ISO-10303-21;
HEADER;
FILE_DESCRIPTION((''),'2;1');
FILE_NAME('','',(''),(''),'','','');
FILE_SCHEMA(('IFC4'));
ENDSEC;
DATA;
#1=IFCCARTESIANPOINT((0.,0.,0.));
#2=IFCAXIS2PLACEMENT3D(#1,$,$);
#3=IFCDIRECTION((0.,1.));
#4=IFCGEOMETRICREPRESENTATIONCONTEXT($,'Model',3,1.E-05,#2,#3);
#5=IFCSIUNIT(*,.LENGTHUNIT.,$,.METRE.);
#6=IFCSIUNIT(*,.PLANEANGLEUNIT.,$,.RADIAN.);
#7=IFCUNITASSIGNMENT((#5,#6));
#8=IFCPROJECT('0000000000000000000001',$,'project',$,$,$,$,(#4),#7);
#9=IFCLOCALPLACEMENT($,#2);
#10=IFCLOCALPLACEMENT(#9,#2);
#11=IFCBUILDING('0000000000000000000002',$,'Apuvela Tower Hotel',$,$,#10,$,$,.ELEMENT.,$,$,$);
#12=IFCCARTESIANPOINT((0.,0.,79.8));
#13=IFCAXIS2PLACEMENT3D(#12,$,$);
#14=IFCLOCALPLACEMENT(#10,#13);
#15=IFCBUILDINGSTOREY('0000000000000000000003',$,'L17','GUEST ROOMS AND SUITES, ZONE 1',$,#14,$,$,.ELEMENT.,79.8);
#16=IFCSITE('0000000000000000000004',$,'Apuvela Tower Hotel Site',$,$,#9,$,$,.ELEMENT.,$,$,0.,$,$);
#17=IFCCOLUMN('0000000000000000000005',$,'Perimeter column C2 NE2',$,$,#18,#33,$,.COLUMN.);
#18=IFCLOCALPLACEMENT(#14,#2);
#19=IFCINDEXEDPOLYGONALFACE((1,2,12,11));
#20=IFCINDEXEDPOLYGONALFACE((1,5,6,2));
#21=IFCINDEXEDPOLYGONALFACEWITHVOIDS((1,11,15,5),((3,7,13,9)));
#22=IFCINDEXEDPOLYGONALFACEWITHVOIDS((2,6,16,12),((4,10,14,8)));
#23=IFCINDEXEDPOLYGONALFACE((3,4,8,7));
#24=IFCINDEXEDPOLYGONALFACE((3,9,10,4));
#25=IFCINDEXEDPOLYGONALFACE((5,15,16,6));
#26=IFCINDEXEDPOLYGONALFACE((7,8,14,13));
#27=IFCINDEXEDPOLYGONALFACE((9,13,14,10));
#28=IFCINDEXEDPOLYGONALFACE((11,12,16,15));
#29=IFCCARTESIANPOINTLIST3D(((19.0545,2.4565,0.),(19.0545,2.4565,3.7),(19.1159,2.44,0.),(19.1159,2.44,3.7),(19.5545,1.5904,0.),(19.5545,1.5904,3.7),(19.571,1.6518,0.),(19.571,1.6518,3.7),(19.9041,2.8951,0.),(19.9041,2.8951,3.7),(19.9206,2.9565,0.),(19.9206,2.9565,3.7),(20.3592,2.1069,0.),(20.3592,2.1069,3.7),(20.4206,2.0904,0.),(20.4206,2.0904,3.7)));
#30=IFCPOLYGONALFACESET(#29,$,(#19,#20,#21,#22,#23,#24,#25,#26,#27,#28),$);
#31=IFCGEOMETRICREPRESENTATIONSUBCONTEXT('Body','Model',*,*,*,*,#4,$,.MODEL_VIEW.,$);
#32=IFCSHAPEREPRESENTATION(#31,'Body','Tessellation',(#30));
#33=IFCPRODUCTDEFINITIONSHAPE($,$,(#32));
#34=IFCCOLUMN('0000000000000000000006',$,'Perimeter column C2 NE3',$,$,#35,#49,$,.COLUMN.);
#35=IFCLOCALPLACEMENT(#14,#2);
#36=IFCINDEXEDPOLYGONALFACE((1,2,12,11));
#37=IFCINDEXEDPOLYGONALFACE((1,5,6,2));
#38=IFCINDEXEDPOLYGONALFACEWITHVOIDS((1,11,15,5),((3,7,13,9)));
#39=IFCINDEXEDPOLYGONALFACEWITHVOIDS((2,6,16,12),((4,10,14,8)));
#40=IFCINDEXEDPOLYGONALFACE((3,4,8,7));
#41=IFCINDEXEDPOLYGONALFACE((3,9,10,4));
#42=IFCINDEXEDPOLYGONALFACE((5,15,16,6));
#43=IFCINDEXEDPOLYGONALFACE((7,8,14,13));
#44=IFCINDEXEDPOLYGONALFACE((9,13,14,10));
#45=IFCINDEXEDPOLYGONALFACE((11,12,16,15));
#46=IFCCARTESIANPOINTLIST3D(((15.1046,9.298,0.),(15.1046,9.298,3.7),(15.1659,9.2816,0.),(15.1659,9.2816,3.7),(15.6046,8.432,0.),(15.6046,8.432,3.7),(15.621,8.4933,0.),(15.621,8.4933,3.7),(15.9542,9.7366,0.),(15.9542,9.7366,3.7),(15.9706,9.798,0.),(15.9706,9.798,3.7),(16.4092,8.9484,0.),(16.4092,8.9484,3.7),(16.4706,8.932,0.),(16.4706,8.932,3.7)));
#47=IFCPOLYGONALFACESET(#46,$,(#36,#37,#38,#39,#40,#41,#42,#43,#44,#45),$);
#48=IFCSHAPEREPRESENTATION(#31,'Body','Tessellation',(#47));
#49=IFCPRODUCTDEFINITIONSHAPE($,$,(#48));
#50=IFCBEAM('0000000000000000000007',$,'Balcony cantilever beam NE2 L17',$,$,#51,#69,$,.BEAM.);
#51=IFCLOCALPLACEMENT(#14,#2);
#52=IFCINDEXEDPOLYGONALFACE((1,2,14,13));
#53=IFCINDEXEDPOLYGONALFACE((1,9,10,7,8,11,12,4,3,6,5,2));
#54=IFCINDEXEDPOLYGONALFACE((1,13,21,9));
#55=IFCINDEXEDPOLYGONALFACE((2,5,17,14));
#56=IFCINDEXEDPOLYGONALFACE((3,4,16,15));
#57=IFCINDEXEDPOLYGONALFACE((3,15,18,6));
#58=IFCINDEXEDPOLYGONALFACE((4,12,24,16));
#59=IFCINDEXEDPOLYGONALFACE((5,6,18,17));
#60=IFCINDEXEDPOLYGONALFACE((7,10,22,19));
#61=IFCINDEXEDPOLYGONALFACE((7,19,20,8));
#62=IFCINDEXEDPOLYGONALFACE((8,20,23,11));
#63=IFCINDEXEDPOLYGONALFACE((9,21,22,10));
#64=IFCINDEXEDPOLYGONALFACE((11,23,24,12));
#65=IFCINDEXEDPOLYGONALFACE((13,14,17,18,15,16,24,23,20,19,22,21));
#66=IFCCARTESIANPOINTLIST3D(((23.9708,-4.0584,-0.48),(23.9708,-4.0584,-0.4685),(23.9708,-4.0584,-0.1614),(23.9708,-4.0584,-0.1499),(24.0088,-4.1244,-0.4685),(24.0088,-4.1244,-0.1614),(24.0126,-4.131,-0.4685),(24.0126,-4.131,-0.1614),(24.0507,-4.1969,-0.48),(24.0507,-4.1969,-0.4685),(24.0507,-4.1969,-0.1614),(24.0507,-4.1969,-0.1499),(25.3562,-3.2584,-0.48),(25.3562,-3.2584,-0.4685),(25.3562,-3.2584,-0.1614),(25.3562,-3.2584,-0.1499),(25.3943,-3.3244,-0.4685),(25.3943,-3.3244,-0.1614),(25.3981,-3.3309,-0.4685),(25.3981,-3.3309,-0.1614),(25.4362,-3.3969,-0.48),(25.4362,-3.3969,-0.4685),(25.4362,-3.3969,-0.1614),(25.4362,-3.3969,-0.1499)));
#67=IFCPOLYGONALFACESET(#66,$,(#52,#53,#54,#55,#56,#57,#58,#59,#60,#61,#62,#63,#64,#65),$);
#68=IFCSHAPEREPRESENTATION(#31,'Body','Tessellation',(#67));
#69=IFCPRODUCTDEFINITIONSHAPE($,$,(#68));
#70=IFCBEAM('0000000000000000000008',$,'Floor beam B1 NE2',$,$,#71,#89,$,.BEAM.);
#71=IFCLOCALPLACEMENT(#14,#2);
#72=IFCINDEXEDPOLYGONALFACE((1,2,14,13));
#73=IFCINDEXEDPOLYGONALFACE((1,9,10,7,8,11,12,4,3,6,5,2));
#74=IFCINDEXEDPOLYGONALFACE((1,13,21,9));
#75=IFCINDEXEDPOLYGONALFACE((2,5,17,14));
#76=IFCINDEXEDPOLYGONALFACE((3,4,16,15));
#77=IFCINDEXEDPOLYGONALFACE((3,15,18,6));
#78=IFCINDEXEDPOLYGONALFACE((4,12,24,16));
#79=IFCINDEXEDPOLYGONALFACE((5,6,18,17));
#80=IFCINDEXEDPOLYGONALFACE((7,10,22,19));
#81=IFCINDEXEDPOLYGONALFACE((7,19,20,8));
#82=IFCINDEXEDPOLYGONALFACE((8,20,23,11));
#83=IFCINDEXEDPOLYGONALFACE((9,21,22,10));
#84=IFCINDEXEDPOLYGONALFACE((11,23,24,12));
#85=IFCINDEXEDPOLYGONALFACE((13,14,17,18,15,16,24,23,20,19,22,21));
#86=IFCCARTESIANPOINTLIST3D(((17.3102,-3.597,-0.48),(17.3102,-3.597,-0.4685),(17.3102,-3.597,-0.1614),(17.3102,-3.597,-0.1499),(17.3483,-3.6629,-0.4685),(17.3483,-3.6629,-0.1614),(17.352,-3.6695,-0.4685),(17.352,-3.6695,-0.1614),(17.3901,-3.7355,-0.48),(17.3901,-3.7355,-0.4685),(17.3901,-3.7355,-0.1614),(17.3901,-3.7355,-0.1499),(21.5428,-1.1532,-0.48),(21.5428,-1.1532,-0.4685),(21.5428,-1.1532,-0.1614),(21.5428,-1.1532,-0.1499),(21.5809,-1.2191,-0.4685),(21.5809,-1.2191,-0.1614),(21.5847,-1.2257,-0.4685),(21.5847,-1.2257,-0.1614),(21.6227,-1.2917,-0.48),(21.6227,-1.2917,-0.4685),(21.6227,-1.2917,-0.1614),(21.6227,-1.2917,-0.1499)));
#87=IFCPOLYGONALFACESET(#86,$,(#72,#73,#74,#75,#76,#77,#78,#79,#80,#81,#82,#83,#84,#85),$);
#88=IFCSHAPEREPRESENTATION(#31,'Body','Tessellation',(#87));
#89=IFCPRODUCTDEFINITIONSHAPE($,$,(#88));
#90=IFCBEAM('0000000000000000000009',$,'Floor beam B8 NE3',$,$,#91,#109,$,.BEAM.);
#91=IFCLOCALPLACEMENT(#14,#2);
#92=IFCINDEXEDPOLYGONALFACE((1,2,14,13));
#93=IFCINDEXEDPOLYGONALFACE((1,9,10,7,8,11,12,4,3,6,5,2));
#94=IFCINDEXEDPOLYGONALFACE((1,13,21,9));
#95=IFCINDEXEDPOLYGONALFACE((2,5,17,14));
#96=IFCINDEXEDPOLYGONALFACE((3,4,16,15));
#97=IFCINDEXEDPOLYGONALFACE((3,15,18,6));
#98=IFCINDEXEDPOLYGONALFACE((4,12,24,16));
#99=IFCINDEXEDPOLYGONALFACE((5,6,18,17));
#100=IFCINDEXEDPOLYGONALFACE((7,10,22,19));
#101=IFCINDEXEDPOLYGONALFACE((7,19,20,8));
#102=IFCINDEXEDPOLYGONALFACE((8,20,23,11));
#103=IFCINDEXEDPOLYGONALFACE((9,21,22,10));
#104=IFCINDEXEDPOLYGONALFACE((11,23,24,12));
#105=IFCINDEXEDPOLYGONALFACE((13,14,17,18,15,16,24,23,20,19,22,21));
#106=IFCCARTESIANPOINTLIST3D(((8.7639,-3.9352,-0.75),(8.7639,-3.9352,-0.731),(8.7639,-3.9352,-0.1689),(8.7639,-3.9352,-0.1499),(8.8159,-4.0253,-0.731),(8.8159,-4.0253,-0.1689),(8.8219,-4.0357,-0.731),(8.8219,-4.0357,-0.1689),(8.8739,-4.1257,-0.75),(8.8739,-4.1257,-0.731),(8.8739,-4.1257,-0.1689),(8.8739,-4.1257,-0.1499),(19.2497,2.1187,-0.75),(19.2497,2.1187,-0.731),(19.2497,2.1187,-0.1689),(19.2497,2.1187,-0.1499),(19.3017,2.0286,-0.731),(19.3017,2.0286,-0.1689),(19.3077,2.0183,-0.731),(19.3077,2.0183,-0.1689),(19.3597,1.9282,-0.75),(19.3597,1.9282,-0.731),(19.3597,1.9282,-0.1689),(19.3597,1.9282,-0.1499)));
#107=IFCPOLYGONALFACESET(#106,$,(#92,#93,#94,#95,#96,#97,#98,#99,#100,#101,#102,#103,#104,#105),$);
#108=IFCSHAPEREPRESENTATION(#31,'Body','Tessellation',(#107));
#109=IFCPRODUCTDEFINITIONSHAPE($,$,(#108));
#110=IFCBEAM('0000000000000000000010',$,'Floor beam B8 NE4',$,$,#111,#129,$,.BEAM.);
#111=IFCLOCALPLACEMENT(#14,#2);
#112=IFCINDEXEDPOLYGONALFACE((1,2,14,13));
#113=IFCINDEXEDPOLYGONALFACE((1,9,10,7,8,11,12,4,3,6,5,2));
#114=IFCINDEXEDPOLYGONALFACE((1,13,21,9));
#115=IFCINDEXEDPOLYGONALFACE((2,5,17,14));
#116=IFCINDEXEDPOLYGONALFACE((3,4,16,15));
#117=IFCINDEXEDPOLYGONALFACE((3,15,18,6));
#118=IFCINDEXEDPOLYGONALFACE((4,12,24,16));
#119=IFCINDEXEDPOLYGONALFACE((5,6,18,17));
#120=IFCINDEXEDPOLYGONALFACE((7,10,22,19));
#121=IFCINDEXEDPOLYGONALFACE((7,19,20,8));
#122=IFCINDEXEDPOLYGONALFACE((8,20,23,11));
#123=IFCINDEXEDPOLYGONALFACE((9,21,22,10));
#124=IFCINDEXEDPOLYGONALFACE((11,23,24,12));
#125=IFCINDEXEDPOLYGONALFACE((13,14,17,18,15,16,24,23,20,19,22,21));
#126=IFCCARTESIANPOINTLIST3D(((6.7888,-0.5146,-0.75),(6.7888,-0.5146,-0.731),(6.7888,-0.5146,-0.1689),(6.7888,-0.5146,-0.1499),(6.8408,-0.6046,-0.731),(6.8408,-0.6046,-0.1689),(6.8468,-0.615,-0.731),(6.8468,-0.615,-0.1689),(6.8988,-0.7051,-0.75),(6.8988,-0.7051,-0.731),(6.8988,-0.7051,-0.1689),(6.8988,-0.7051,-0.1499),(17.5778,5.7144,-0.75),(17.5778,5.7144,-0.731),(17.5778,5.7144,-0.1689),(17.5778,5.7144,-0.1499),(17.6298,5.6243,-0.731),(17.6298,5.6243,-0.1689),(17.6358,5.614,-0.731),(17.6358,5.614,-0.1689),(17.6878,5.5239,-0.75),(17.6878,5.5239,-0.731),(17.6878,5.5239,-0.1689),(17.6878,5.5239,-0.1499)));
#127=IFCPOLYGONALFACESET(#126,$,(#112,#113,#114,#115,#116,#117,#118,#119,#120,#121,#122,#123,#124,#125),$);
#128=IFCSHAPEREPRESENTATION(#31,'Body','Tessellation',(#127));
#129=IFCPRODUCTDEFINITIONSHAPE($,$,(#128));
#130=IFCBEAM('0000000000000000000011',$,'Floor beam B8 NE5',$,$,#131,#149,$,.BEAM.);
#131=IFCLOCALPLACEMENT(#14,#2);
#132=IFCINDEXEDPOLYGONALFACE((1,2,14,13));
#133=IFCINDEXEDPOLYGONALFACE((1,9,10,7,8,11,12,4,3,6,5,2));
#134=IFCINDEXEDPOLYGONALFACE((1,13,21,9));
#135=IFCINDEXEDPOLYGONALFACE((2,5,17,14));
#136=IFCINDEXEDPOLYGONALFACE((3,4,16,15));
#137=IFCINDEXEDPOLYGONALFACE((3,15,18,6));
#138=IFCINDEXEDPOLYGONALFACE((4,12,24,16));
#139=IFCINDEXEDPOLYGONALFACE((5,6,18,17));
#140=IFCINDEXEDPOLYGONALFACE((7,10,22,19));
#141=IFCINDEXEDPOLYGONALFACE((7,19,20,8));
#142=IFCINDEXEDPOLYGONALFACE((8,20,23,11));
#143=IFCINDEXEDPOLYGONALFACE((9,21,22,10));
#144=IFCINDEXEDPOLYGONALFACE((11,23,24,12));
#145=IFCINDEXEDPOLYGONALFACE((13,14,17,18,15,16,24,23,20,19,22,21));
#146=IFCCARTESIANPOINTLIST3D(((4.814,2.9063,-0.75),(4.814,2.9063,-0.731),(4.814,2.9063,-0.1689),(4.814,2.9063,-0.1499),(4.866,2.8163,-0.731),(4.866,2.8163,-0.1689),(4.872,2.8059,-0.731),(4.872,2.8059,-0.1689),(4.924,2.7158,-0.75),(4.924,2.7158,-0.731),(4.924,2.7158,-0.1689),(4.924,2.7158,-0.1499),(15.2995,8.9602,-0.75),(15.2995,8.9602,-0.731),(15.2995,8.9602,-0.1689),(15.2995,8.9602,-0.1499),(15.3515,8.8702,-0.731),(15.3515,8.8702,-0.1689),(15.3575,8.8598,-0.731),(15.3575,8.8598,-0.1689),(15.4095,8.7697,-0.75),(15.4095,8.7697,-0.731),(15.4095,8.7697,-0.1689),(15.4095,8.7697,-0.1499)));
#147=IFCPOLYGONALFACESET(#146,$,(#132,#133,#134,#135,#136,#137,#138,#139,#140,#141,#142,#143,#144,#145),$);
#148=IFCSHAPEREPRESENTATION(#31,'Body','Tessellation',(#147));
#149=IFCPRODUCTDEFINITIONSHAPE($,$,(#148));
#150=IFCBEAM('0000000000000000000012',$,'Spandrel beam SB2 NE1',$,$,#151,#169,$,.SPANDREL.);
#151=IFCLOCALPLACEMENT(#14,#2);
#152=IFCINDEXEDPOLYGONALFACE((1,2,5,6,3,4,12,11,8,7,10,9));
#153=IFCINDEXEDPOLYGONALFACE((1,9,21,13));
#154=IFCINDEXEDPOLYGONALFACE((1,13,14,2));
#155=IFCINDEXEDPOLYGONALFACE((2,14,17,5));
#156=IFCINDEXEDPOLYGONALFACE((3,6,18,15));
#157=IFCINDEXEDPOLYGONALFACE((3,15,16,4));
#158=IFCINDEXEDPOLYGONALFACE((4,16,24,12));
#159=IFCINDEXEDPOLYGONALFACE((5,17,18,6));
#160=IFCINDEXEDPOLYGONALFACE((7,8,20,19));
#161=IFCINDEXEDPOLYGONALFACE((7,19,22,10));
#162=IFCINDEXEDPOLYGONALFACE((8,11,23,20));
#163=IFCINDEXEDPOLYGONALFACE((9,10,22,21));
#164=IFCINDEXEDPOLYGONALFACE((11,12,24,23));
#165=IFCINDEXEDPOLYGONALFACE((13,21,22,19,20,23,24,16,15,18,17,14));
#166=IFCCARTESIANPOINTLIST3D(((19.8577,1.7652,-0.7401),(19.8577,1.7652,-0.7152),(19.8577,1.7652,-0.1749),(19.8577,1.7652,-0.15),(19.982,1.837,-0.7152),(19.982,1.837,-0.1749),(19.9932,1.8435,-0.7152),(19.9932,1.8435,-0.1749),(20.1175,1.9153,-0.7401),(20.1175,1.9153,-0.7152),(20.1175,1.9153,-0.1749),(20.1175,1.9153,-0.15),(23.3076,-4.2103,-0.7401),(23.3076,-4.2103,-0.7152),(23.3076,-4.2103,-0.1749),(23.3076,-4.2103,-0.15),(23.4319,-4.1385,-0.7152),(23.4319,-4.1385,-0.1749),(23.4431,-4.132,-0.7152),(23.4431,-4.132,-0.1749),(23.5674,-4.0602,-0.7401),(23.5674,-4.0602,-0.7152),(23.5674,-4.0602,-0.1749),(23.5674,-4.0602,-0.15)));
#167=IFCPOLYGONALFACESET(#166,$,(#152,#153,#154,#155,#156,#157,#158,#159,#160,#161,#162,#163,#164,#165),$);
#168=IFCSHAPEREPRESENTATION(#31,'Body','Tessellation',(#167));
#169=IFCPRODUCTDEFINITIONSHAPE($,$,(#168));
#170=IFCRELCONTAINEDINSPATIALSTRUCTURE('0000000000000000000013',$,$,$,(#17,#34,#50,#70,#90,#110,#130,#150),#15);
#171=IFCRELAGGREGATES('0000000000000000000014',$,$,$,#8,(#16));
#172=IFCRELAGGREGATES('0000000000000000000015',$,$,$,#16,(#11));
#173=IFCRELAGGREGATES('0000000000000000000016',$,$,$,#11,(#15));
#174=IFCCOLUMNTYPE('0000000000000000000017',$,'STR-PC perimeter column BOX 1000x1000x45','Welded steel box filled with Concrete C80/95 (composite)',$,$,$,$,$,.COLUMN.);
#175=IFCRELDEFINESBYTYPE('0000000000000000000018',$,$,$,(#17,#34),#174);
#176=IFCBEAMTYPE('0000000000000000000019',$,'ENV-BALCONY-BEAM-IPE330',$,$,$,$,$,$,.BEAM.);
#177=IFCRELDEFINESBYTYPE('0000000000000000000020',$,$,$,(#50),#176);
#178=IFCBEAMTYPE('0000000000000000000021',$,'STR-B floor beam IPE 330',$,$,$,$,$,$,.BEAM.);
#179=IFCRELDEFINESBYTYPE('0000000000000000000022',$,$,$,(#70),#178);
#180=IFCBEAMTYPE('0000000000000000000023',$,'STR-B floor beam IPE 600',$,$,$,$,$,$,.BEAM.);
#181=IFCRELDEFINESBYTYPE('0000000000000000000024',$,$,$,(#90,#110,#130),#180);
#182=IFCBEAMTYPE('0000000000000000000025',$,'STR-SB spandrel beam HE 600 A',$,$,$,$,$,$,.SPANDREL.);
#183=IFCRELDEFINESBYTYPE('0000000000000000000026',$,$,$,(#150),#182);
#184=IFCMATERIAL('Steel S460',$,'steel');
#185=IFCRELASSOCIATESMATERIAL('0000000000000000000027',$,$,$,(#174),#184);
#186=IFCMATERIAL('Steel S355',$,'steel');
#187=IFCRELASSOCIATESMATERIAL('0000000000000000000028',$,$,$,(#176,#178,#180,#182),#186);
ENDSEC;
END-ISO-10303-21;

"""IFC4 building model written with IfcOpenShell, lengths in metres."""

from ifc_helpers import new_model, si_unit, direction, frame, origin, origin_2d, place, context, subcontext, project, spatial, rectangle, hollow_rectangle, i_section, extrude, material, material_profile, profile_set, type_object, element, save


model = new_model("IFC4")

# Units and contexts
model_context = context("Model", 3, precision=1e-05, world=origin(), true_north=direction((0.0, 1.0)))
body_context = subcontext(model_context, "Body", "Model", "MODEL_VIEW")
ifc_project = project(units=[si_unit("LENGTHUNIT", "METRE"), si_unit("PLANEANGLEUNIT", "RADIAN")], contexts=[model_context])

# Site, building, storey
site_placement = place(None, origin())
site = spatial("IfcSite", under=ifc_project, at=site_placement, Name="Apuvela Tower Hotel Site", CompositionType="ELEMENT", RefElevation=0.0)
building_placement = place(site_placement, origin())
building = spatial("IfcBuilding", under=site, at=building_placement, Name="Apuvela Tower Hotel", CompositionType="ELEMENT")
storey_placement = place(building_placement, frame((0.0, 0.0, 79.8)))
storey = spatial("IfcBuildingStorey", under=building, at=storey_placement, Name="L17", Description="GUEST ROOMS AND SUITES, ZONE 1", CompositionType="ELEMENT", Elevation=79.8)

# Columns
ifc_material_1 = material(Name="Steel S460", Category="steel")
ifc_material_profile_1 = material_profile(ifc_material_1, hollow_rectangle(XDim=1.0, YDim=1.0, WallThickness=0.0449, at=origin_2d()), Name="BOX 1000x1000x45")
ifc_material_2 = material(Name="Concrete C80/95", Category="concrete")
ifc_material_profile_2 = material_profile(ifc_material_2, rectangle(XDim=0.9099, YDim=0.9099, at=origin_2d()), Name="Concrete C80/95 infill")
ifc_profile_set_1 = profile_set([ifc_material_profile_1, ifc_material_profile_2], Name="Steel S460")
column_type = type_object("IfcColumnType", Name="STR-PC perimeter column BOX 1000x1000x45", Description="Welded steel box filled with Concrete C80/95 (composite)", PredefinedType="COLUMN", material=ifc_profile_set_1)
for number, where, z_axis, x_axis, name in (
    (1, (19.7375, 2.2734, 0.0), (0.0, 0.0, 1.0), (-0.5, 0.866025, 0.0), "Perimeter column C2 NE2"),
    (2, (15.7876, 9.115, 0.0), (0.0, 0.0, 1.0), (-0.5, 0.866025, 0.0), "Perimeter column C2 NE3"),
):
    element("IfcColumn", number, at=place(storey_placement, frame(where, z_axis=z_axis, x_axis=x_axis)), inside=storey, type_object=column_type, Name=name, PredefinedType="COLUMN", context=body_context, shape_type="SweptSolid", body=[
        extrude(hollow_rectangle(XDim=1.0, YDim=1.0, WallThickness=0.0449, at=origin_2d()), origin(), (0.0, 0.0, 1.0), 3.7),
    ])

# Beams
ifc_material_3 = material(Name="Steel S355", Category="steel")
ifc_material_profile_3 = material_profile(ifc_material_3, i_section(OverallWidth=0.1599, OverallDepth=0.3301, WebThickness=0.0076, FlangeThickness=0.0115, at=origin_2d()), Name="IPE 330")
ifc_profile_set_2 = profile_set([ifc_material_profile_3], Name="Steel S355")
beam_type_1 = type_object("IfcBeamType", Name="ENV-BALCONY-BEAM-IPE330", PredefinedType="BEAM", material=ifc_profile_set_2)
beam_1_placement = place(storey_placement, frame((24.0107, -4.1277, -0.3149), z_axis=(0.86599, 0.500061, 0.0), x_axis=(-0.500061, 0.86599, 0.0)))
element("IfcBeam", 3, at=beam_1_placement, inside=storey, type_object=beam_type_1, Name="Balcony cantilever beam NE2 L17", PredefinedType="BEAM", context=body_context, shape_type="SweptSolid", body=[
    extrude(i_section(OverallWidth=0.1599, OverallDepth=0.3301, WebThickness=0.0076, FlangeThickness=0.0115, at=origin_2d()), origin(), (0.0, 0.0, 1.0), 1.5999),
])
ifc_material_profile_4 = material_profile(ifc_material_3, i_section(OverallWidth=0.1599, OverallDepth=0.3301, WebThickness=0.0076, FlangeThickness=0.0115, at=origin_2d()), Name="IPE 330")
ifc_profile_set_3 = profile_set([ifc_material_profile_4], Name="Steel S355")
beam_type_2 = type_object("IfcBeamType", Name="STR-B floor beam IPE 330", PredefinedType="BEAM", material=ifc_profile_set_3)
beam_2_placement = place(storey_placement, frame((21.5828, -1.2224, -0.3149), z_axis=(-0.866015, -0.500018, 0.0), x_axis=(0.500018, -0.866015, 0.0)))
element("IfcBeam", 4, at=beam_2_placement, inside=storey, type_object=beam_type_2, Name="Floor beam B1 NE2", PredefinedType="BEAM", context=body_context, shape_type="SweptSolid", body=[
    extrude(i_section(OverallWidth=0.1599, OverallDepth=0.3301, WebThickness=0.0076, FlangeThickness=0.0115, at=origin_2d()), origin(), (0.0, 0.0, 1.0), 4.8875),
])
ifc_material_profile_5 = material_profile(ifc_material_3, i_section(OverallWidth=0.22, OverallDepth=0.6001, WebThickness=0.012, FlangeThickness=0.019, at=origin_2d()), Name="IPE 600")
ifc_profile_set_4 = profile_set([ifc_material_profile_5], Name="Steel S355")
beam_type_3 = type_object("IfcBeamType", Name="STR-B floor beam IPE 600", PredefinedType="BEAM", material=ifc_profile_set_4)
beam_3_placement = place(storey_placement, frame((19.3047, 2.0234, -0.45), z_axis=(-0.866027, -0.499997, 0.0), x_axis=(0.499997, -0.866027, 0.0)))
element("IfcBeam", 5, at=beam_3_placement, inside=storey, type_object=beam_type_3, Name="Floor beam B8 NE3", PredefinedType="BEAM", context=body_context, shape_type="SweptSolid", body=[
    extrude(i_section(OverallWidth=0.22, OverallDepth=0.6001, WebThickness=0.012, FlangeThickness=0.019, at=origin_2d()), origin(), (0.0, 0.0, 1.0), 12.1079),
])
beam_4_placement = place(storey_placement, frame((17.6328, 5.6191, -0.45), z_axis=(-0.866028, -0.499996, 0.0), x_axis=(0.499996, -0.866028, 0.0)))
element("IfcBeam", 6, at=beam_4_placement, inside=storey, type_object=beam_type_3, Name="Floor beam B8 NE4", PredefinedType="BEAM", context=body_context, shape_type="SweptSolid", body=[
    extrude(i_section(OverallWidth=0.22, OverallDepth=0.6001, WebThickness=0.012, FlangeThickness=0.019, at=origin_2d()), origin(), (0.0, 0.0, 1.0), 12.458),
])
beam_5_placement = place(storey_placement, frame((15.3545, 8.865, -0.45), z_axis=(-0.866022, -0.500006, 0.0), x_axis=(0.500006, -0.866022, 0.0)))
element("IfcBeam", 7, at=beam_5_placement, inside=storey, type_object=beam_type_3, Name="Floor beam B8 NE5", PredefinedType="BEAM", context=body_context, shape_type="SweptSolid", body=[
    extrude(i_section(OverallWidth=0.22, OverallDepth=0.6001, WebThickness=0.012, FlangeThickness=0.019, at=origin_2d()), origin(), (0.0, 0.0, 1.0), 12.1077),
])
ifc_material_profile_6 = material_profile(ifc_material_3, i_section(OverallWidth=0.3, OverallDepth=0.5901, WebThickness=0.0129, FlangeThickness=0.0249, at=origin_2d()), Name="HE 600 A")
ifc_profile_set_5 = profile_set([ifc_material_profile_6], Name="Steel S355")
beam_type_4 = type_object("IfcBeamType", Name="STR-SB spandrel beam HE 600 A", PredefinedType="SPANDREL", material=ifc_profile_set_5)
for number, where, z_axis, x_axis, name in (
    (8, (23.4375, -4.1353, -0.4451), (-0.499994, 0.866029, 0.0), (-0.866029, -0.499994, 0.0), "Spandrel beam SB2 NE1"),
):
    element("IfcBeam", number, at=place(storey_placement, frame(where, z_axis=z_axis, x_axis=x_axis)), inside=storey, type_object=beam_type_4, Name=name, PredefinedType="SPANDREL", context=body_context, shape_type="SweptSolid", body=[
        extrude(i_section(OverallWidth=0.3, OverallDepth=0.5901, WebThickness=0.0129, FlangeThickness=0.0249, at=origin_2d()), origin(), (0.0, 0.0, 1.0), 6.8999),
    ])

save(model, "model.ifc")
